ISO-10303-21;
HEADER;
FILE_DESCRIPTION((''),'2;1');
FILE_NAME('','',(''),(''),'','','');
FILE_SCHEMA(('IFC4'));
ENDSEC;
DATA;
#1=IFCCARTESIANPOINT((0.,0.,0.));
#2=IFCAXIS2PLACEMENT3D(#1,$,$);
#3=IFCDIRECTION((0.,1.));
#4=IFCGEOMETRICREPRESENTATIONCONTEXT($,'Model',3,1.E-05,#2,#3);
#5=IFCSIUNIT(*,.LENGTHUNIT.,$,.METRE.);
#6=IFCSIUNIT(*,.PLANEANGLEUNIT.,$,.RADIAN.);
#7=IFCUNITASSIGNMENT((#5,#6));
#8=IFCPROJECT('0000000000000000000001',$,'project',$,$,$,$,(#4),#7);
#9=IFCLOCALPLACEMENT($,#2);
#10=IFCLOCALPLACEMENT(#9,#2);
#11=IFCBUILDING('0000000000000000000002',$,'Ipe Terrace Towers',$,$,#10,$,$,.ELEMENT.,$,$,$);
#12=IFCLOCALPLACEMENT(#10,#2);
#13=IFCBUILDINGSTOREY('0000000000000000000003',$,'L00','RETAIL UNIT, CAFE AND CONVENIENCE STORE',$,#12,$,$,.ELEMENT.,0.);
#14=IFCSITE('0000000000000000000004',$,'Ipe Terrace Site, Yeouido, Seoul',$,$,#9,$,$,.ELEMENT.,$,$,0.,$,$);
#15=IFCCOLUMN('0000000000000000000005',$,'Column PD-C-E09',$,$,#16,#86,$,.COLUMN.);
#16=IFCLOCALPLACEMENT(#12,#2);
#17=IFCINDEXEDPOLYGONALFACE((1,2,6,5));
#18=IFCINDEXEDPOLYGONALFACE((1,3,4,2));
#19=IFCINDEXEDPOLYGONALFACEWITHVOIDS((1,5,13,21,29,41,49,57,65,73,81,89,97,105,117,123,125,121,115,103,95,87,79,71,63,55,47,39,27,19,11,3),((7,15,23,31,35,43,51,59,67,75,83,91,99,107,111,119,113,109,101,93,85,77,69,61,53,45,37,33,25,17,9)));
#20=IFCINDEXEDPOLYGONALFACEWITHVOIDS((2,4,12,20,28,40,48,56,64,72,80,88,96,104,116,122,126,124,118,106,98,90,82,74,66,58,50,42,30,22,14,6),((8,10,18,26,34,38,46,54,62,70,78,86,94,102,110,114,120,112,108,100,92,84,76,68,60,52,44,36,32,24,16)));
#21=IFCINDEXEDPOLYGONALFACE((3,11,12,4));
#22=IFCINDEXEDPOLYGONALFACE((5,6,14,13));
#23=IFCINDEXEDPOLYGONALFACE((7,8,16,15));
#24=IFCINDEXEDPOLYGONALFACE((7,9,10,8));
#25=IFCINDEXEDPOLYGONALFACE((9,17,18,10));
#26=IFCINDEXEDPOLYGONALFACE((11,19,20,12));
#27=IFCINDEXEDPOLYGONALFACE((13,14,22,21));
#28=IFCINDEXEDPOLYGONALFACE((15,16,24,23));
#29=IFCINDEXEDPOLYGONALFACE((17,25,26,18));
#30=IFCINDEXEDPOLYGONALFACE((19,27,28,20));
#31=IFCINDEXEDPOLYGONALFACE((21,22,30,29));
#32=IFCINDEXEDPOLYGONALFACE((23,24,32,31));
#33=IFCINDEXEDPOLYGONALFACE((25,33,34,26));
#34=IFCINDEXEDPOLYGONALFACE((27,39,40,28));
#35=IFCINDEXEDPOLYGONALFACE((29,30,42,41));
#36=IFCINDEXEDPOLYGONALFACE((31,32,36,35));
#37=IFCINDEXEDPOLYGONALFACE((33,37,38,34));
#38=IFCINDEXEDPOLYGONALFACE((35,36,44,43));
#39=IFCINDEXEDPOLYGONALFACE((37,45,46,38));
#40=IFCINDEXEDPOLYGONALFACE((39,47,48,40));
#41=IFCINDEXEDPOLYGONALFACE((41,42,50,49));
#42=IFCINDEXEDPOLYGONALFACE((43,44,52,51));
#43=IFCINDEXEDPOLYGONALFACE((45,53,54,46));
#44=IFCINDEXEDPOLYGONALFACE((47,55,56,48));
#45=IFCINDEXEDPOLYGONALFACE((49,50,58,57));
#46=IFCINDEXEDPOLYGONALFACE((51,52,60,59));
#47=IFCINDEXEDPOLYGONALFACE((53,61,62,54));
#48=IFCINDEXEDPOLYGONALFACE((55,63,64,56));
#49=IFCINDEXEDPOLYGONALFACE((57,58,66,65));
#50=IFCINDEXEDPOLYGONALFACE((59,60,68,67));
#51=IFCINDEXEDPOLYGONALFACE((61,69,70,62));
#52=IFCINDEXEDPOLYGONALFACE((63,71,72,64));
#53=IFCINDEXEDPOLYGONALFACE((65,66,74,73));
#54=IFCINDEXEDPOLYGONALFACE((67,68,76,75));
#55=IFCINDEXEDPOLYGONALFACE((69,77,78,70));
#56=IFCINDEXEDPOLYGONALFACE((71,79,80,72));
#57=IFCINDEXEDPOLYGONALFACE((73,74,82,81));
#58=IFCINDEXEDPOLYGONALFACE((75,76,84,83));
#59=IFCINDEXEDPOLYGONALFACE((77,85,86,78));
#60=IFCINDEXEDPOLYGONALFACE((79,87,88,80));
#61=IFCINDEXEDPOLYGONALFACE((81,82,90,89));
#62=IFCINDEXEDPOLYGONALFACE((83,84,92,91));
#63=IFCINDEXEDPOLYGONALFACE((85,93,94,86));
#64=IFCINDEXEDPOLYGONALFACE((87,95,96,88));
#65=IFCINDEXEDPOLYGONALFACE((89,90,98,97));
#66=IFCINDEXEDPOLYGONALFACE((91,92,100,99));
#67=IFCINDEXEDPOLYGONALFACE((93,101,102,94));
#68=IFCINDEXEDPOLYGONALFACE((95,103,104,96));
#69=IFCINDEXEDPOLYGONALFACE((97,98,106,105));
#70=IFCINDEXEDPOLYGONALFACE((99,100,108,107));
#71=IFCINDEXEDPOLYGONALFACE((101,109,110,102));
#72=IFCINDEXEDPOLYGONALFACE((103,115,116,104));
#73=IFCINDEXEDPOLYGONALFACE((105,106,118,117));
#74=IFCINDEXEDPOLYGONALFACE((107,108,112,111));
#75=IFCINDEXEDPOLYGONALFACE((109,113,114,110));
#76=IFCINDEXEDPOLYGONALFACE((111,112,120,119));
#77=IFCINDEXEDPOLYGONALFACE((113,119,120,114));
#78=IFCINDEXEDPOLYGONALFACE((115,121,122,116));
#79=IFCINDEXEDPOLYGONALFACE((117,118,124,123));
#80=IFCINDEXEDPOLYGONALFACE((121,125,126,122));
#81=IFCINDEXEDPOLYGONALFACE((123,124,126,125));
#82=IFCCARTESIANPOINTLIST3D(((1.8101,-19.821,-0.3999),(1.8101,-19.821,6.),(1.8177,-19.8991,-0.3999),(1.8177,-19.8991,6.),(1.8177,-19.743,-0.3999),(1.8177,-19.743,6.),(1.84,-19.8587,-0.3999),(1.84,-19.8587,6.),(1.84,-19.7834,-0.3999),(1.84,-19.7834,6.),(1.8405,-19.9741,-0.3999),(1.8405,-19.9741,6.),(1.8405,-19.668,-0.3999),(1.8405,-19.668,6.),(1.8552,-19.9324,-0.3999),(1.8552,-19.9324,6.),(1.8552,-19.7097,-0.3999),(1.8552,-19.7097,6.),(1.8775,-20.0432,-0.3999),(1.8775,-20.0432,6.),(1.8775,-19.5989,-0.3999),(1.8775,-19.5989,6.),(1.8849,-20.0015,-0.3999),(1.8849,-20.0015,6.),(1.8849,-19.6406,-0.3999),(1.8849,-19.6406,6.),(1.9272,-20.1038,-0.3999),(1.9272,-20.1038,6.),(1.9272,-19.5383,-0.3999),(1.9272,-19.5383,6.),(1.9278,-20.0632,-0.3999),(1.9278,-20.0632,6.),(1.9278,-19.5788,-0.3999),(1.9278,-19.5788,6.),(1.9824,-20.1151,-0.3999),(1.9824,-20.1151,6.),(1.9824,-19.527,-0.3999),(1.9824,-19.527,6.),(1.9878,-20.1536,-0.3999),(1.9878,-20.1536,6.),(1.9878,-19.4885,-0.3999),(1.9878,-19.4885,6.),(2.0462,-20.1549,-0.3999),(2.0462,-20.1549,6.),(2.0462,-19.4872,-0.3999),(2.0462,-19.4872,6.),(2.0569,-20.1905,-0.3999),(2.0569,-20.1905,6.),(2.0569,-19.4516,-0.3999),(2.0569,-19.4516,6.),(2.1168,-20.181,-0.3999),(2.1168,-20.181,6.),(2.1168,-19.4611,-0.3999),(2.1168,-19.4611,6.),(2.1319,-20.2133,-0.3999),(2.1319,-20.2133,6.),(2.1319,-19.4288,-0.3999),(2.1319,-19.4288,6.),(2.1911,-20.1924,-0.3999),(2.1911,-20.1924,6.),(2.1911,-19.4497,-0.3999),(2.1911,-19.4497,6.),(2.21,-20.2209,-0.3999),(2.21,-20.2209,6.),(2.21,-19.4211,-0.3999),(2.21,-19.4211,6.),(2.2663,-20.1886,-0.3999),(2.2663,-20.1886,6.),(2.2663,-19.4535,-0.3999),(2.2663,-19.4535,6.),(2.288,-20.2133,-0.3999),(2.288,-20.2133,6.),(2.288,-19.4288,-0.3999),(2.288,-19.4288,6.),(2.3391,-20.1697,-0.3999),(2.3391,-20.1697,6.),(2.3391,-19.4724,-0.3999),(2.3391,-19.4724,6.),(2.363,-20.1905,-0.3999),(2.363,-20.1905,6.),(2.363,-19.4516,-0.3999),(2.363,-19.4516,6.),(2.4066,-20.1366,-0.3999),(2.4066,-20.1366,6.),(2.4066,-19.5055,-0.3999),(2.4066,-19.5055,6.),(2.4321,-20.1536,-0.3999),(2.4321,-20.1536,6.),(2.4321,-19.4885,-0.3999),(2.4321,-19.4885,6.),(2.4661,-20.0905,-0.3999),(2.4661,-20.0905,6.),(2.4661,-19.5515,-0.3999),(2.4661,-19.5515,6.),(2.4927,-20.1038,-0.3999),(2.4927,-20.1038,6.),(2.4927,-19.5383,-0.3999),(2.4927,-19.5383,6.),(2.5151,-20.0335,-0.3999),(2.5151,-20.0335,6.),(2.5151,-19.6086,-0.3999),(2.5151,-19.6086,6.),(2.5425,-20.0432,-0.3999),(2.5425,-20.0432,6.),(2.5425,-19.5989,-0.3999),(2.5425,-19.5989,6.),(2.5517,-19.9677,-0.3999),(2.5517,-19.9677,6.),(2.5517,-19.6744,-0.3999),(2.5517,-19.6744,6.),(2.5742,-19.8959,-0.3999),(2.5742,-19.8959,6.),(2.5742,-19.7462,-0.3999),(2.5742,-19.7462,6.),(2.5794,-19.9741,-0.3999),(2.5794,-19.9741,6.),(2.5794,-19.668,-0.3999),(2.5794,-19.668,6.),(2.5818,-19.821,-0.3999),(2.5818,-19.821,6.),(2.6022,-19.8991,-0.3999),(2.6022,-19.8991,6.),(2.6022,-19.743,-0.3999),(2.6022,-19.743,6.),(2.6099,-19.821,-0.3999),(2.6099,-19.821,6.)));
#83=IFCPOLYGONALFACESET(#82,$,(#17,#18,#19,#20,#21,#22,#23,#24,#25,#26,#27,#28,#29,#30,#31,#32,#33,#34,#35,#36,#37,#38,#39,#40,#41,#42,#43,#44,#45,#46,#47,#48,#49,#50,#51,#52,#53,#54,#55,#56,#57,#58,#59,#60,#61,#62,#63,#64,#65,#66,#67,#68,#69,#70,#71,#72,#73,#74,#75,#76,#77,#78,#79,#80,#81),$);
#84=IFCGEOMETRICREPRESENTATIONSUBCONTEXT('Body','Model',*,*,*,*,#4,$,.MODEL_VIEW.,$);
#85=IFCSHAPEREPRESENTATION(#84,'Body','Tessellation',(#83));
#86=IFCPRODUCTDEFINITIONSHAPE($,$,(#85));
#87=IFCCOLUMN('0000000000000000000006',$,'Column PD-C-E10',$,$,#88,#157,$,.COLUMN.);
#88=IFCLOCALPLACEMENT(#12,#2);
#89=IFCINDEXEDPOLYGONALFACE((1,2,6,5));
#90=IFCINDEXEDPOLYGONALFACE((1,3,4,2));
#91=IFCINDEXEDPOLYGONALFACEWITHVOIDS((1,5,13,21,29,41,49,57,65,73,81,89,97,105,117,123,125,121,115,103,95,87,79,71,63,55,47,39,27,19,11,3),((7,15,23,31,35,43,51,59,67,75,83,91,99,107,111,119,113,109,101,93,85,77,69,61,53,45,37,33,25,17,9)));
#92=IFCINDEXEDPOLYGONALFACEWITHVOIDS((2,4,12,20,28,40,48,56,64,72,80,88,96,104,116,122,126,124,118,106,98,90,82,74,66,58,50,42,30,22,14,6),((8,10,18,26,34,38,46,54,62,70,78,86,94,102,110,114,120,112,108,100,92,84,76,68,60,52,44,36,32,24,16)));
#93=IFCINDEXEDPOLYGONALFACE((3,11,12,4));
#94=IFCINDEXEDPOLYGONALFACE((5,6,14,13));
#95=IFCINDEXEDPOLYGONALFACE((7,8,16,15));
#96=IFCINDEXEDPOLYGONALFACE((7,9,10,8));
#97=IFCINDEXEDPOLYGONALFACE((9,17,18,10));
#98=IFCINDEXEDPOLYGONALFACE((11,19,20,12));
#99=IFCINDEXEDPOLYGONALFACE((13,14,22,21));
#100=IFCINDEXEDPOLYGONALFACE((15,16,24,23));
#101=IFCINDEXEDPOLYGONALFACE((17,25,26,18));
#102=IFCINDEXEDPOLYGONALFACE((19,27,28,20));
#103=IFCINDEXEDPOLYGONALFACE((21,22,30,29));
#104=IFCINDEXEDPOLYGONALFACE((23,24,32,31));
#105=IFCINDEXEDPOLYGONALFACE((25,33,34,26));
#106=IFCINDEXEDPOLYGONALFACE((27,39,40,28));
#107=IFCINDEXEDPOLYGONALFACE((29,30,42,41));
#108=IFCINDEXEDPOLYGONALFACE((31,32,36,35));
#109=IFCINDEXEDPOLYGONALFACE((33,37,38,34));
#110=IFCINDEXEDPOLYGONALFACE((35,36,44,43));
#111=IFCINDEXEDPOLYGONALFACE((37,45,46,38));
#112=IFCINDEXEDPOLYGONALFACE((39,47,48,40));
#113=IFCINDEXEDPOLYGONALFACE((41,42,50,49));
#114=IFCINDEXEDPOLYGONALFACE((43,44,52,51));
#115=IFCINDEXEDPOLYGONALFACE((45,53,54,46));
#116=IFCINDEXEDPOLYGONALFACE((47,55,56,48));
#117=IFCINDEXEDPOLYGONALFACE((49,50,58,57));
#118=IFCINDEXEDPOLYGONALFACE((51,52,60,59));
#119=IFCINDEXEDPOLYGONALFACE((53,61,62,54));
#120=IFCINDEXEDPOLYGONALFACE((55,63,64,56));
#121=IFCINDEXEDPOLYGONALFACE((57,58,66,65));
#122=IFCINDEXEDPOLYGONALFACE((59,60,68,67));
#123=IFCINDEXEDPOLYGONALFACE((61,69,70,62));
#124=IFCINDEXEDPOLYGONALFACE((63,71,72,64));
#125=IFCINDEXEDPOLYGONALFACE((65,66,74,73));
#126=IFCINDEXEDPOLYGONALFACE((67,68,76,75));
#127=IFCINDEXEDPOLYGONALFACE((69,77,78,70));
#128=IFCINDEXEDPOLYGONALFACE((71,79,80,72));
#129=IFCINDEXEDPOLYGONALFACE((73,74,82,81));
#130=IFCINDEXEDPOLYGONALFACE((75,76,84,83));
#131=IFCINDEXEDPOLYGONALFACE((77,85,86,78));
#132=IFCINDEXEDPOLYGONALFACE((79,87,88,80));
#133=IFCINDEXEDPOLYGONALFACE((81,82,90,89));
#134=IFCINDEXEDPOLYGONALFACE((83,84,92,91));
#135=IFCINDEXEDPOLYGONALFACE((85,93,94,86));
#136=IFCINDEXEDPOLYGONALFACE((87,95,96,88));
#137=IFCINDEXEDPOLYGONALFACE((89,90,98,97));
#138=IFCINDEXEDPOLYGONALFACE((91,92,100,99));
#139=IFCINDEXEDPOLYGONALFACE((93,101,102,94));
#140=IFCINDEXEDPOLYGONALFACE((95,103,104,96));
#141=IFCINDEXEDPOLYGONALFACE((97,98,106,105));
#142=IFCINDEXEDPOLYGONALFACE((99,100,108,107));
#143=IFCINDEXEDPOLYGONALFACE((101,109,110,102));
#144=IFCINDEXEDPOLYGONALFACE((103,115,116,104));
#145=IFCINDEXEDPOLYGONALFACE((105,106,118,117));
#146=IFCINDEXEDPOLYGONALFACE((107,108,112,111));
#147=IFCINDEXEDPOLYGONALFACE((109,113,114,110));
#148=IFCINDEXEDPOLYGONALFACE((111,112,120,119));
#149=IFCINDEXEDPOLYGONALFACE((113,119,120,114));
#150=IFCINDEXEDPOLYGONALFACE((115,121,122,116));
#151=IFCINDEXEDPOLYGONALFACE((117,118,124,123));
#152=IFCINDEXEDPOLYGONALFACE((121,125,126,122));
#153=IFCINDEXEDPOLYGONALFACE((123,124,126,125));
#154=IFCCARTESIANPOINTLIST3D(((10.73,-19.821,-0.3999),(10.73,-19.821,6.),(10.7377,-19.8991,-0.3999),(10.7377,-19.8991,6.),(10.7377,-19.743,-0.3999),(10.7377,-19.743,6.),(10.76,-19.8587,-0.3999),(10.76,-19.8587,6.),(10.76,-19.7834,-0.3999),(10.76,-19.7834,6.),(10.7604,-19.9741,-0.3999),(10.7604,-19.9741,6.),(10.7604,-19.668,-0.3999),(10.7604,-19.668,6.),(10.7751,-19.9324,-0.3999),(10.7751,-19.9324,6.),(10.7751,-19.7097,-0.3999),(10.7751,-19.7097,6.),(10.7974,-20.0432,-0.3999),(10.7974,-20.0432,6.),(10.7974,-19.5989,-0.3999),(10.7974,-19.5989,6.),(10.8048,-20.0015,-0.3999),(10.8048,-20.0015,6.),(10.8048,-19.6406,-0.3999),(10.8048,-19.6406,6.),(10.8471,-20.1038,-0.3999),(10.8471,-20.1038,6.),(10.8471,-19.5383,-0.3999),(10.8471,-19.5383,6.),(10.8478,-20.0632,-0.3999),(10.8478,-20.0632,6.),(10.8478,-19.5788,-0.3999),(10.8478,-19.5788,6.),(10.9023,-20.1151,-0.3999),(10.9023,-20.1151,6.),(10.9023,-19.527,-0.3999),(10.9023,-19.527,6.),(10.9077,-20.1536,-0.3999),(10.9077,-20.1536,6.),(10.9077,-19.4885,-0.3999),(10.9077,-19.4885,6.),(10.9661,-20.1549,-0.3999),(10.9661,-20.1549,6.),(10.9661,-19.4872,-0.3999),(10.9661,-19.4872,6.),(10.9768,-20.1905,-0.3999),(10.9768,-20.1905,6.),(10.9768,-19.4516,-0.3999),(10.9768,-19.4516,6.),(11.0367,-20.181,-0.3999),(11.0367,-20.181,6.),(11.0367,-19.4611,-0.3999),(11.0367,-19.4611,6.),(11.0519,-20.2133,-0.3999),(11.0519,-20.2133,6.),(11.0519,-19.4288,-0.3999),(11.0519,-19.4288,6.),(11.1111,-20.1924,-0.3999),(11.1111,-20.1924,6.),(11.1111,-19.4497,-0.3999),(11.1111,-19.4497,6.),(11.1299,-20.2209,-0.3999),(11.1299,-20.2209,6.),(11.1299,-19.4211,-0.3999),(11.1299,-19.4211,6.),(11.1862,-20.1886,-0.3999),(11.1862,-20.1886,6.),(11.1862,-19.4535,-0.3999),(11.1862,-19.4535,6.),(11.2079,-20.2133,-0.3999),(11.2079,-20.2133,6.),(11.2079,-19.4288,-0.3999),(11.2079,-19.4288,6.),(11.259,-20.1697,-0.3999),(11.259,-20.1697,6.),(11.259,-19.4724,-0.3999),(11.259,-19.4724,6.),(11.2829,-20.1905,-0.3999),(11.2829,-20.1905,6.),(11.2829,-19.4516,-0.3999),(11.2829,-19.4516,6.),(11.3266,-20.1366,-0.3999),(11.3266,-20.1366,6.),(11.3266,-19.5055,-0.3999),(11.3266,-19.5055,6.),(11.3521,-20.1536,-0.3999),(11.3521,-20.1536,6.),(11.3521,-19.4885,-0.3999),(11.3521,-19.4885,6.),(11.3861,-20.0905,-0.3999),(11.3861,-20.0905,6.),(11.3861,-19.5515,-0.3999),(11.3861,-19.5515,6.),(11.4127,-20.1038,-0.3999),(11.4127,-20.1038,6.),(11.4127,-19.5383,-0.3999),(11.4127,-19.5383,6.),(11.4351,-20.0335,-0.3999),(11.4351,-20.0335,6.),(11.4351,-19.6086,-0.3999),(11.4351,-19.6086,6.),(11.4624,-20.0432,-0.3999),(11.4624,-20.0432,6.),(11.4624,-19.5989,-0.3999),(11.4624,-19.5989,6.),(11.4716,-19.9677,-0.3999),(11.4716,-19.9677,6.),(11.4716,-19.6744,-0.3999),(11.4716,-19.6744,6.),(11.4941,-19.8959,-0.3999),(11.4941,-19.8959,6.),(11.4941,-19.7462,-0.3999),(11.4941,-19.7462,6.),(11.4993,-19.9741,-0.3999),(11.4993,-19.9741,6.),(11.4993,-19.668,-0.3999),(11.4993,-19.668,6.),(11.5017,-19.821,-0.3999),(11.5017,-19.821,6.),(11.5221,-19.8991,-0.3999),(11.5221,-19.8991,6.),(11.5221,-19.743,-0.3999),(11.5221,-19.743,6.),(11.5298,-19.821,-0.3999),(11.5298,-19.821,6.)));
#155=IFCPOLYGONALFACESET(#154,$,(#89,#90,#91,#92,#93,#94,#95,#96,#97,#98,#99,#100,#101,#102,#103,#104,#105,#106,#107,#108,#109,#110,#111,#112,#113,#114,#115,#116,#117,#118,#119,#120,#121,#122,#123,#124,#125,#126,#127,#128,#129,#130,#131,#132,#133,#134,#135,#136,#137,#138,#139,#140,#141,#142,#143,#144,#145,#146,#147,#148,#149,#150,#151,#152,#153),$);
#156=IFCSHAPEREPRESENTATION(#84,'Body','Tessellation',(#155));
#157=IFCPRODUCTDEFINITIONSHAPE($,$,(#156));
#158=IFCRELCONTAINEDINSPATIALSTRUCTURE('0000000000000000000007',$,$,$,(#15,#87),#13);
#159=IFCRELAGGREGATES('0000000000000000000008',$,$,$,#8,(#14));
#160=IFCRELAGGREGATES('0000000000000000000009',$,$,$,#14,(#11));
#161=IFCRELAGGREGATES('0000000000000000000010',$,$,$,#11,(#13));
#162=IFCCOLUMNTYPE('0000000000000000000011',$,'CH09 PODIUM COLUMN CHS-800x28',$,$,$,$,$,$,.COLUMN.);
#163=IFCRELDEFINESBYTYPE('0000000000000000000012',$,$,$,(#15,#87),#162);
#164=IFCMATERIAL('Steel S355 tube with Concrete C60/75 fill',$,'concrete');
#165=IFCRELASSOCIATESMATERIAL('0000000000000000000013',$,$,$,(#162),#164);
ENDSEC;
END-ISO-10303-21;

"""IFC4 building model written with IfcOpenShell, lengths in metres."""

from ifc_helpers import new_model, si_unit, direction, frame, origin, origin_2d, place, context, subcontext, project, spatial, hollow_circle, extrude, material, material_profile, profile_set, type_object, element, save


model = new_model("IFC4")

# Units and contexts
model_context = context("Model", 3, precision=1e-05, world=origin(), true_north=direction((0.0, 1.0)))
body_context = subcontext(model_context, "Body", "Model", "MODEL_VIEW")
ifc_project = project(units=[si_unit("LENGTHUNIT", "METRE"), si_unit("PLANEANGLEUNIT", "RADIAN")], contexts=[model_context])

# Site, building, storey
site_placement = place(None, origin())
site = spatial("IfcSite", under=ifc_project, at=site_placement, Name="Ipe Terrace Site, Yeouido, Seoul", CompositionType="ELEMENT", RefElevation=0.0)
building_placement = place(site_placement, origin())
building = spatial("IfcBuilding", under=site, at=building_placement, Name="Ipe Terrace Towers", CompositionType="ELEMENT")
storey_placement = place(building_placement, origin())
storey = spatial("IfcBuildingStorey", under=building, at=storey_placement, Name="L00", Description="RETAIL UNIT, CAFE AND CONVENIENCE STORE", CompositionType="ELEMENT", Elevation=0.0)

# Columns
ifc_material_1 = material(Name="Steel S355 tube with Concrete C60/75 fill", Category="concrete")
ifc_material_profile_1 = material_profile(ifc_material_1, hollow_circle(Radius=0.3999, WallThickness=0.0281, at=origin_2d()), Name="CHS-800x28")
ifc_profile_set_1 = profile_set([ifc_material_profile_1], Name="Steel S355 tube with Concrete C60/75 fill")
column_type_1 = type_object("IfcColumnType", Name="CH09 PODIUM COLUMN CHS-800x28", PredefinedType="COLUMN", material=ifc_profile_set_1)
for number, where, z_axis, x_axis, name in (
    (1, (2.21, -19.821, -0.3999), (0.0, 0.0, 1.0), (1.0, 0.0, 0.0), "Column PD-C-E09"),
    (2, (11.1299, -19.821, -0.3999), (0.0, 0.0, 1.0), (1.0, 0.0, 0.0), "Column PD-C-E10"),
):
    element("IfcColumn", number, at=place(storey_placement, frame(where, z_axis=z_axis, x_axis=x_axis)), inside=storey, type_object=column_type_1, Name=name, PredefinedType="COLUMN", context=body_context, shape_type="SweptSolid", body=[
        extrude(hollow_circle(Radius=0.3999, WallThickness=0.0281, at=origin_2d()), origin(), (0.0, 0.0, 1.0), 6.3999),
    ])

save(model, "model.ifc")
